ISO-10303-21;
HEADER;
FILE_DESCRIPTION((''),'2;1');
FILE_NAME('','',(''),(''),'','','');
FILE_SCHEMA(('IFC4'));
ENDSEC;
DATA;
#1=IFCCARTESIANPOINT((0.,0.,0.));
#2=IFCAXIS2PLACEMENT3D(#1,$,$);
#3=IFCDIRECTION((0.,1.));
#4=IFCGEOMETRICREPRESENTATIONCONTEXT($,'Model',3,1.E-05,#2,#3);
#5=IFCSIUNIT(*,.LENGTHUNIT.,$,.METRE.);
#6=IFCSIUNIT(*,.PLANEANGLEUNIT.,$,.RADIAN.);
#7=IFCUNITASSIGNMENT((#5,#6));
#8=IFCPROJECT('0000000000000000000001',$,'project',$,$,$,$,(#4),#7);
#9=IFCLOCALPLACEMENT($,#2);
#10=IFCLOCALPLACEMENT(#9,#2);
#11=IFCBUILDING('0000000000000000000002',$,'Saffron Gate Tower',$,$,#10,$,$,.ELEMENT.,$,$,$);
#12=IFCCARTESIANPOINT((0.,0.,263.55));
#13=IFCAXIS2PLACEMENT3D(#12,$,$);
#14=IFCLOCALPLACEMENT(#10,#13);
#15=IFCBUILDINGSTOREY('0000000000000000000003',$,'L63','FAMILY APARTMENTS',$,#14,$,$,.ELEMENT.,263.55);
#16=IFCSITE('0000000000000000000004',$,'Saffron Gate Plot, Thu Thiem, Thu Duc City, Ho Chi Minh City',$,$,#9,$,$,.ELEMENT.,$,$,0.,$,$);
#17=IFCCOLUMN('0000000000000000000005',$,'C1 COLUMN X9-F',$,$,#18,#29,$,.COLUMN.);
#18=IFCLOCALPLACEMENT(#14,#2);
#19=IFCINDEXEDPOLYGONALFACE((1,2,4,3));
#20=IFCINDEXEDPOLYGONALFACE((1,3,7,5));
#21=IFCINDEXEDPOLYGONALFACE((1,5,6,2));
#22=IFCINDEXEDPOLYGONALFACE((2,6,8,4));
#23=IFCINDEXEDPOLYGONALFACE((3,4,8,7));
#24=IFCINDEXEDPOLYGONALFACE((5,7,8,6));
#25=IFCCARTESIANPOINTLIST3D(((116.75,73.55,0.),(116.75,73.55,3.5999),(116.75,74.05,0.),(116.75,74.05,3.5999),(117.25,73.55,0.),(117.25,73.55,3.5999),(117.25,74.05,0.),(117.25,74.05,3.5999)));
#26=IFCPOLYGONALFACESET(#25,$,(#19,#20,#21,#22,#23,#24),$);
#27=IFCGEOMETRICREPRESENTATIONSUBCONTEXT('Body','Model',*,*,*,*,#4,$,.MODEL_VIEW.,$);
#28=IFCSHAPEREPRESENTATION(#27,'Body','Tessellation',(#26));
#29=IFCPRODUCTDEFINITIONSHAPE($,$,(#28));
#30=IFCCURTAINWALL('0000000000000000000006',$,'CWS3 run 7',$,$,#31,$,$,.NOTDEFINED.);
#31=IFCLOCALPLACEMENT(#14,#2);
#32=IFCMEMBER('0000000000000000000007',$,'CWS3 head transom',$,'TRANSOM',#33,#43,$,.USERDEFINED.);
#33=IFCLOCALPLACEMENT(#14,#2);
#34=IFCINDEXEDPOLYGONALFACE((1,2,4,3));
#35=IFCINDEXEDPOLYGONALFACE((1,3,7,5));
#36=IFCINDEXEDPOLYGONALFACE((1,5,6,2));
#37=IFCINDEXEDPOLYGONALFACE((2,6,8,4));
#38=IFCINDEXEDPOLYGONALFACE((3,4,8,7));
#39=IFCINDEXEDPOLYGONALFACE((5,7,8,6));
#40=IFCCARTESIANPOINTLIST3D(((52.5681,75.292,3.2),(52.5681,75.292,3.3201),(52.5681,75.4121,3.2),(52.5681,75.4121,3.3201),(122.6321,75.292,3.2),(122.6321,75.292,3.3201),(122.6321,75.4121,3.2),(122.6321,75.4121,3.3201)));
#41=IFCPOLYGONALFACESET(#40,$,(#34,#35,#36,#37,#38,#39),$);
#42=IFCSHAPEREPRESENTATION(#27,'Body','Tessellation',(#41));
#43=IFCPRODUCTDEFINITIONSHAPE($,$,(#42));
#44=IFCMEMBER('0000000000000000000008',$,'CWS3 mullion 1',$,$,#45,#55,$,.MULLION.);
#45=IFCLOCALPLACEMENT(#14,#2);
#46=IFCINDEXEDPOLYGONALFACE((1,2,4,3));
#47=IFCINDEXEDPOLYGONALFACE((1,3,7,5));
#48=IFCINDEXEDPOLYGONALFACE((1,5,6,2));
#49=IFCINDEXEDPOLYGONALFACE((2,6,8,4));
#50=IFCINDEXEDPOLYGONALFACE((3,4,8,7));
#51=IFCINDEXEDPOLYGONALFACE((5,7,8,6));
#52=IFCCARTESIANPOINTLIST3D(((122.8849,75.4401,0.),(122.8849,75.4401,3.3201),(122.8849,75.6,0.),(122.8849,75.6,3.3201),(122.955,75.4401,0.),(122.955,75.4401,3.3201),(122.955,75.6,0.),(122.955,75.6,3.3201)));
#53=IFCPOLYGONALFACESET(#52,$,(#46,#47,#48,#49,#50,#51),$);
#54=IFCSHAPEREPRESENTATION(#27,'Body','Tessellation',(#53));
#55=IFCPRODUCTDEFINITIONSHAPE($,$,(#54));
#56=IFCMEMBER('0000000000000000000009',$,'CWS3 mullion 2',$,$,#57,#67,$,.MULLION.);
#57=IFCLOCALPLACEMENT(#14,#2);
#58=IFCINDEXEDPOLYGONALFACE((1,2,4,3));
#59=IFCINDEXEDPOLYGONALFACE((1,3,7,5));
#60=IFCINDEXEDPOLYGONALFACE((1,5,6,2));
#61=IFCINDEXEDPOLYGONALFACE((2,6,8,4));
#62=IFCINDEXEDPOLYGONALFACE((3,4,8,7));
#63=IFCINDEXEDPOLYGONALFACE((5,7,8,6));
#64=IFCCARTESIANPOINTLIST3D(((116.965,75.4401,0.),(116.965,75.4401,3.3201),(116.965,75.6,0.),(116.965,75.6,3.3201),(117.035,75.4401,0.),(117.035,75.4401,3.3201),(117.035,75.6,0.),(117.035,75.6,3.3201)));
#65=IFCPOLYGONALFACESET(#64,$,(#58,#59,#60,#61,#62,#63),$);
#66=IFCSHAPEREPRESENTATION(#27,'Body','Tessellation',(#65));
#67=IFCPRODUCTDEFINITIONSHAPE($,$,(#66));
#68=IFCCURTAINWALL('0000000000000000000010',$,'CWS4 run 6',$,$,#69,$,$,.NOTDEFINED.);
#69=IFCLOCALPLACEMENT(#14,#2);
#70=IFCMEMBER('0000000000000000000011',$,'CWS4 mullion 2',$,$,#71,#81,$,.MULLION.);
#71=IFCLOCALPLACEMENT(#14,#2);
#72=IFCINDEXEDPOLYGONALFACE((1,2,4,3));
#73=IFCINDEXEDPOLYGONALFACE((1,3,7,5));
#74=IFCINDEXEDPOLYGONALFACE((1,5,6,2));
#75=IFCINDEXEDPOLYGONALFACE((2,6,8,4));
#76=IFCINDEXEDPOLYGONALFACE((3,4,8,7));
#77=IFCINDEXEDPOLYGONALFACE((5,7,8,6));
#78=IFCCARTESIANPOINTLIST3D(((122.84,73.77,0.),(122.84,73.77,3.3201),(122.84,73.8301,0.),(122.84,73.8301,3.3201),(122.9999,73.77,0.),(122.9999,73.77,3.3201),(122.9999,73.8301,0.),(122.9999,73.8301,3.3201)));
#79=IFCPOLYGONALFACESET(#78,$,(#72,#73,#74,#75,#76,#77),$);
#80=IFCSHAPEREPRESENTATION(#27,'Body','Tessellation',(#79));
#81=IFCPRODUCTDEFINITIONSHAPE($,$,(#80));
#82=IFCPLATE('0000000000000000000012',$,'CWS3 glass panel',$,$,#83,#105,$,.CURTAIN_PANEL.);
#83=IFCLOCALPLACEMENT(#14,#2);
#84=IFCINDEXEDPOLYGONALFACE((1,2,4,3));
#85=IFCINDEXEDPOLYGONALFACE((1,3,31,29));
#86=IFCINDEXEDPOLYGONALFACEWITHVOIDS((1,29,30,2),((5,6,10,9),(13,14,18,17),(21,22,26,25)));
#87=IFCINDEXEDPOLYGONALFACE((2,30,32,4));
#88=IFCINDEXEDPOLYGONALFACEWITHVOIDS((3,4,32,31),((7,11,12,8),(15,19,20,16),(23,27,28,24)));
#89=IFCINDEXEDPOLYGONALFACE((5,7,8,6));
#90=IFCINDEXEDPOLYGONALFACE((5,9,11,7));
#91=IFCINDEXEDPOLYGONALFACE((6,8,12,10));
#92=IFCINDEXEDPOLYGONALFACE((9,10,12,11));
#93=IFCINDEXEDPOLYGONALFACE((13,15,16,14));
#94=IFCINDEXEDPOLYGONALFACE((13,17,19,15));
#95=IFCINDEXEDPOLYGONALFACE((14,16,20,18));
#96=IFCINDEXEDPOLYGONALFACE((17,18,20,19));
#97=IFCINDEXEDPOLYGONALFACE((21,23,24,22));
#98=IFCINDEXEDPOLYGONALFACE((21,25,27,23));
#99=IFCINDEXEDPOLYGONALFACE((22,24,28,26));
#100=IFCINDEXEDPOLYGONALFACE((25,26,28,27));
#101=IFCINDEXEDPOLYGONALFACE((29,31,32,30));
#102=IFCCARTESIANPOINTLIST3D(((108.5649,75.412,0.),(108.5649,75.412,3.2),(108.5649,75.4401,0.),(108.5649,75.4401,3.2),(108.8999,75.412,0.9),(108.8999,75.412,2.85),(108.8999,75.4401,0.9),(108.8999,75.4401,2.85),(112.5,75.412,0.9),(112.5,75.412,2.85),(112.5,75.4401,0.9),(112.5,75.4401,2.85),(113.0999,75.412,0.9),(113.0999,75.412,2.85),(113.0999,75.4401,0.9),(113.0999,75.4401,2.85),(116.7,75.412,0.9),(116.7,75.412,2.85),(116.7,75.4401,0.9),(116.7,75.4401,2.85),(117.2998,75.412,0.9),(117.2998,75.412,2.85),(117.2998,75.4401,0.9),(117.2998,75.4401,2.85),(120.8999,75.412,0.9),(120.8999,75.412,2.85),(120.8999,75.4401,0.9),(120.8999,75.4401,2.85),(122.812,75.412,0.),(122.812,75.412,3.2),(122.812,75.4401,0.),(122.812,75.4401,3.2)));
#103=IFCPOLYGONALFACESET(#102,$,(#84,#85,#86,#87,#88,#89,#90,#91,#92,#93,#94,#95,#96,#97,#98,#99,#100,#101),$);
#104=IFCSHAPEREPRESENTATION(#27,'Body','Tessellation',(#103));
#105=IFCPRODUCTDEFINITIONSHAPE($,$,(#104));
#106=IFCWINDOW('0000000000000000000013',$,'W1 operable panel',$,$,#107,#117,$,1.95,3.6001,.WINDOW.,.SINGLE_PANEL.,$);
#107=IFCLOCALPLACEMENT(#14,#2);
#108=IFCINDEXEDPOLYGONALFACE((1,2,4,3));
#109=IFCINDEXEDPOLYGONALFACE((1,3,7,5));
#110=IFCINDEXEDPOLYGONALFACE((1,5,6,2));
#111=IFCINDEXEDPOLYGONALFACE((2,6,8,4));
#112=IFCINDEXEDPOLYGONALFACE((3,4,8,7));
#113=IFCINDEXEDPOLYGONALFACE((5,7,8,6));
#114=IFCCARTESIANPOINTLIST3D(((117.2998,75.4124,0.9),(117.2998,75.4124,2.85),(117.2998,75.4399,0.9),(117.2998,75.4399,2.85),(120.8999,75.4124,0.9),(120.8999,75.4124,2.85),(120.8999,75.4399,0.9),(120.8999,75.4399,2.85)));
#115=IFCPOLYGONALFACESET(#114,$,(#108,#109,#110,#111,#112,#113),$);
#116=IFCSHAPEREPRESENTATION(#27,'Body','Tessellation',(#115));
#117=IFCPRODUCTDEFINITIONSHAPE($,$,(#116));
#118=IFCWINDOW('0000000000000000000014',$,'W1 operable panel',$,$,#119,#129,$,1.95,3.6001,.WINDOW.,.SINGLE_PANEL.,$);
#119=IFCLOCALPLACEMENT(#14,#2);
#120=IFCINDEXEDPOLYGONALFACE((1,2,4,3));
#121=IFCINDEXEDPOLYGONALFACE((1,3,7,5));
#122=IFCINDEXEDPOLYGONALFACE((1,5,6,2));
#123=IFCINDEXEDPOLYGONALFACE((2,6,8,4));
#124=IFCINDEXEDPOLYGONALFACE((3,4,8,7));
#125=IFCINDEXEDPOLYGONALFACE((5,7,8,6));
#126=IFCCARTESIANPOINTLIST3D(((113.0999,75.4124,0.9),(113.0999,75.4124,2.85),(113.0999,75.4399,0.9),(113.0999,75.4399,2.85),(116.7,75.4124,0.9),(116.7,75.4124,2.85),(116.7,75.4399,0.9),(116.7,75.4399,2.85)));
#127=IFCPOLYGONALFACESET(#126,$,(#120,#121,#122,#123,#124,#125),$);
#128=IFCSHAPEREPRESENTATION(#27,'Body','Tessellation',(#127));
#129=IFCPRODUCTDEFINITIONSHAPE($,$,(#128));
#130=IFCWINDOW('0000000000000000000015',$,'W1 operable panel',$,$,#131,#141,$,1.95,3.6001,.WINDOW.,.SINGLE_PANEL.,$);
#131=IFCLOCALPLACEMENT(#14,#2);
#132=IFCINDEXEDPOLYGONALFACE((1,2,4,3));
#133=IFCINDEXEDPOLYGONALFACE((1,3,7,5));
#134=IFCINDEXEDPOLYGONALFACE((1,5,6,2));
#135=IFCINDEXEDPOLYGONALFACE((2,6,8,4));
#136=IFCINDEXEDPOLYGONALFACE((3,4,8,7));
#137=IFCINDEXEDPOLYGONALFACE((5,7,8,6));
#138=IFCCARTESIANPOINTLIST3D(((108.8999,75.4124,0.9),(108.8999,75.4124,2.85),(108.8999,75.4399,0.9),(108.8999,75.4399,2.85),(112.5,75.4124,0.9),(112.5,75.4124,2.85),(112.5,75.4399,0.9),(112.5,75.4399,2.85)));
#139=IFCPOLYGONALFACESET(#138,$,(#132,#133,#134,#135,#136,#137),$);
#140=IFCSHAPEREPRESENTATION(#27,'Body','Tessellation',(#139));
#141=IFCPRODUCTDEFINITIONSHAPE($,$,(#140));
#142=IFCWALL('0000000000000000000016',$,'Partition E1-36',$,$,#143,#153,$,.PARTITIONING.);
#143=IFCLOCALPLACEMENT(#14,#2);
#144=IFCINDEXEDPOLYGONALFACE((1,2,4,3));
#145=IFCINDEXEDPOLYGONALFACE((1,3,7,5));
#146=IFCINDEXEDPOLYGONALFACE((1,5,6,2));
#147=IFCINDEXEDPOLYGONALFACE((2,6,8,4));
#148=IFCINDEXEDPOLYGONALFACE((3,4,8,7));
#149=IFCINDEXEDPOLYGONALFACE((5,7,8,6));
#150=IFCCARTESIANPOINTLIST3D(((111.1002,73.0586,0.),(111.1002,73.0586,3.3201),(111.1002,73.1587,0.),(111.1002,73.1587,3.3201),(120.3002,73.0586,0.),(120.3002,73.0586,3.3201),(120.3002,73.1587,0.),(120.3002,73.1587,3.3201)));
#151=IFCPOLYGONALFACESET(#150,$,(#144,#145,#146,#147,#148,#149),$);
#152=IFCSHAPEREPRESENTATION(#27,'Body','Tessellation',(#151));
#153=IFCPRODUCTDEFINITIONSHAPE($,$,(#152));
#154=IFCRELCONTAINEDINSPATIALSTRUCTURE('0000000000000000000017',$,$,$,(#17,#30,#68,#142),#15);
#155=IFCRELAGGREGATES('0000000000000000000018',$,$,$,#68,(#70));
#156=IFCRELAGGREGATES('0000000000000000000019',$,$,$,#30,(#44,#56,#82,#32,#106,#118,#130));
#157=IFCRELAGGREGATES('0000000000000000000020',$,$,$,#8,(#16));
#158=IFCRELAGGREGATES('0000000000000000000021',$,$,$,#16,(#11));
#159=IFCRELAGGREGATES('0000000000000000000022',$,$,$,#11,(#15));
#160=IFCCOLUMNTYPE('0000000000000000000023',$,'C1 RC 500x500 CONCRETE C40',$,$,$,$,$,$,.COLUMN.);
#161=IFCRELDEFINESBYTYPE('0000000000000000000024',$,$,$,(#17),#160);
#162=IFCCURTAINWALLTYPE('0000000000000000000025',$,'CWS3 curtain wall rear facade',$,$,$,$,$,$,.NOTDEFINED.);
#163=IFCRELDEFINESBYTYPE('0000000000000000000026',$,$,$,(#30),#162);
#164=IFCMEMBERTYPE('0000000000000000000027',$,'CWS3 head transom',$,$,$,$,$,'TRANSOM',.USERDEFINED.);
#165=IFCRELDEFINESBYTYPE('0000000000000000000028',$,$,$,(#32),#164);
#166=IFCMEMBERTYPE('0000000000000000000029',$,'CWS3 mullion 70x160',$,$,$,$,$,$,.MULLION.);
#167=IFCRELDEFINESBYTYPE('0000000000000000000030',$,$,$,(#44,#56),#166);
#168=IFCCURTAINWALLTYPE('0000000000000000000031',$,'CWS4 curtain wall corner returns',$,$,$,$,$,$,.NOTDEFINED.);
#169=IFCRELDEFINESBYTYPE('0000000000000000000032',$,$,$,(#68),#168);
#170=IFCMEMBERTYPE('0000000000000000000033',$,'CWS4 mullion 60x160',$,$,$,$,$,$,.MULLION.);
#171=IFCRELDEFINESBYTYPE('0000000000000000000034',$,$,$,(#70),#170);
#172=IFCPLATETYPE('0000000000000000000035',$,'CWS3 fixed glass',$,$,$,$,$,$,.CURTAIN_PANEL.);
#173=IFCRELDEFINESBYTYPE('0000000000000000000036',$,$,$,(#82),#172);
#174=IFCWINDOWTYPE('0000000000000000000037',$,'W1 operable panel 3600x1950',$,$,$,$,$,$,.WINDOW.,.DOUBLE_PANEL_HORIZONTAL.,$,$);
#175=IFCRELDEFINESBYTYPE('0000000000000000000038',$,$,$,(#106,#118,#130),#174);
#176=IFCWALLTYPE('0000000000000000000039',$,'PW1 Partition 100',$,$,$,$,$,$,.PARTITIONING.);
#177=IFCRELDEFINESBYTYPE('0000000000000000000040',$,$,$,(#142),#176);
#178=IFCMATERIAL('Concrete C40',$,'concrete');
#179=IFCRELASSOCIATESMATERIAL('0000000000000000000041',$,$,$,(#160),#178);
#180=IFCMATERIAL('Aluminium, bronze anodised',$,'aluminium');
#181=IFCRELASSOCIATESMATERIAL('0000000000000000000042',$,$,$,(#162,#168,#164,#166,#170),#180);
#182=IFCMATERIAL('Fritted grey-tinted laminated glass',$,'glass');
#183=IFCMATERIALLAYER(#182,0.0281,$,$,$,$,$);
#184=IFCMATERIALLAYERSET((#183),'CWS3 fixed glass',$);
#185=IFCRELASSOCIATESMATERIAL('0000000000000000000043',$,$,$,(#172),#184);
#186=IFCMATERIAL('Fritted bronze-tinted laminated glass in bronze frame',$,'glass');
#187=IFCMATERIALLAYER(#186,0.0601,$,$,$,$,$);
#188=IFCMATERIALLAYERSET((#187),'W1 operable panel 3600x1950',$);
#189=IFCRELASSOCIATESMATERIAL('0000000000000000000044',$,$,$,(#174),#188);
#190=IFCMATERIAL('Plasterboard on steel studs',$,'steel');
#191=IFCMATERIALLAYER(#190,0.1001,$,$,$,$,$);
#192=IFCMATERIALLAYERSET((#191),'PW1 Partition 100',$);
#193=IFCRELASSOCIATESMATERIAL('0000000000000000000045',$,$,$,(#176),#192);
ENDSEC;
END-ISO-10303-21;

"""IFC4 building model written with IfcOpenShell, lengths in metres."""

from ifc_helpers import new_model, si_unit, direction, frame, frame_2d, origin, origin_2d, place, context, subcontext, project, spatial, rectangle, extrude, material, layer, layer_set, material_profile, profile_set, type_object, element, fill, aggregate, save


model = new_model("IFC4")

# Units and contexts
model_context = context("Model", 3, precision=1e-05, world=origin(), true_north=direction((0.0, 1.0)))
body_context = subcontext(model_context, "Body", "Model", "MODEL_VIEW")
ifc_project = project(units=[si_unit("LENGTHUNIT", "METRE"), si_unit("PLANEANGLEUNIT", "RADIAN")], contexts=[model_context])

# Site, building, storey
site_placement = place(None, origin())
site = spatial("IfcSite", under=ifc_project, at=site_placement, Name="Saffron Gate Plot, Thu Thiem, Thu Duc City, Ho Chi Minh City", CompositionType="ELEMENT", RefElevation=0.0)
building_placement = place(site_placement, origin())
building = spatial("IfcBuilding", under=site, at=building_placement, Name="Saffron Gate Tower", CompositionType="ELEMENT")
storey_placement = place(building_placement, frame((0.0, 0.0, 263.55)))
storey = spatial("IfcBuildingStorey", under=building, at=storey_placement, Name="L63", Description="FAMILY APARTMENTS", CompositionType="ELEMENT", Elevation=263.55)

# Column
ifc_material_1 = material(Name="Concrete C40", Category="concrete")
ifc_material_profile_1 = material_profile(ifc_material_1, rectangle(XDim=0.5, YDim=0.5, at=origin_2d()))
ifc_profile_set_1 = profile_set([ifc_material_profile_1], Name="Concrete C40")
column_type = type_object("IfcColumnType", Name="C1 RC 500x500 CONCRETE C40", PredefinedType="COLUMN", material=ifc_profile_set_1)
column_placement = place(storey_placement, frame((117.0, 73.8, 0.0), z_axis=(0.0, 0.0, 1.0), x_axis=(1.0, 0.0, 0.0)))
element("IfcColumn", 1, at=column_placement, inside=storey, type_object=column_type, Name="C1 COLUMN X9-F", PredefinedType="COLUMN", context=body_context, shape_type="SweptSolid", body=[
    extrude(rectangle(XDim=0.5, YDim=0.5, at=origin_2d()), origin(), (0.0, 0.0, 1.0), 3.5999),
])

# Curtain wall, members
ifc_material_2 = material(Name="Aluminium, bronze anodised", Category="aluminium")
curtain_wall_type_1 = type_object("IfcCurtainWallType", Name="CWS3 curtain wall rear facade", PredefinedType="NOTDEFINED", material=ifc_material_2)
curtain_wall_1_placement = place(storey_placement, origin())
curtain_wall_1 = element("IfcCurtainWall", 2, at=curtain_wall_1_placement, inside=storey, type_object=curtain_wall_type_1, Name="CWS3 run 7", PredefinedType="NOTDEFINED")
ifc_material_profile_2 = material_profile(ifc_material_2, rectangle(XDim=0.1201, YDim=0.1201, at=origin_2d()))
ifc_profile_set_2 = profile_set([ifc_material_profile_2], Name="Aluminium, bronze anodised")
member_type_1 = type_object("IfcMemberType", Name="CWS3 head transom", ElementType="TRANSOM", PredefinedType="USERDEFINED", material=ifc_profile_set_2)
member_1_placement = place(storey_placement, frame((122.6321, 75.3521, 3.26), z_axis=(-1.0, 0.0, 0.0), x_axis=(0.0, -1.0, 0.0)))
member_1 = element("IfcMember", 3, at=member_1_placement, type_object=member_type_1, Name="CWS3 head transom", ObjectType="TRANSOM", PredefinedType="USERDEFINED", context=body_context, shape_type="SweptSolid", body=[
    extrude(rectangle(XDim=0.1201, YDim=0.1201, at=origin_2d()), origin(), (0.0, 0.0, 1.0), 70.064),
])
ifc_material_profile_3 = material_profile(ifc_material_2, rectangle(XDim=0.1599, YDim=0.0701, at=origin_2d()))
ifc_profile_set_3 = profile_set([ifc_material_profile_3], Name="Aluminium, bronze anodised")
member_type_2 = type_object("IfcMemberType", Name="CWS3 mullion 70x160", PredefinedType="MULLION", material=ifc_profile_set_3)
member_2_placement = place(storey_placement, frame((122.9199, 75.52, 0.0), z_axis=(0.0, 0.0, 1.0), x_axis=(0.0, -1.0, 0.0)))
member_2 = element("IfcMember", 4, at=member_2_placement, type_object=member_type_2, Name="CWS3 mullion 1", PredefinedType="MULLION", context=body_context, shape_type="SweptSolid", body=[
    extrude(rectangle(XDim=0.1599, YDim=0.0701, at=origin_2d()), origin(), (0.0, 0.0, 1.0), 3.3201),
])
member_3_placement = place(storey_placement, frame((117.0, 75.52, 0.0), z_axis=(0.0, 0.0, 1.0), x_axis=(0.0, -1.0, 0.0)))
member_3 = element("IfcMember", 5, at=member_3_placement, type_object=member_type_2, Name="CWS3 mullion 2", PredefinedType="MULLION", context=body_context, shape_type="SweptSolid", body=[
    extrude(rectangle(XDim=0.1599, YDim=0.0701, at=origin_2d()), origin(), (0.0, 0.0, 1.0), 3.3201),
])

# Curtain wall, member
curtain_wall_type_2 = type_object("IfcCurtainWallType", Name="CWS4 curtain wall corner returns", PredefinedType="NOTDEFINED", material=ifc_material_2)
curtain_wall_2_placement = place(storey_placement, origin())
curtain_wall_2 = element("IfcCurtainWall", 6, at=curtain_wall_2_placement, inside=storey, type_object=curtain_wall_type_2, Name="CWS4 run 6", PredefinedType="NOTDEFINED")
ifc_material_profile_4 = material_profile(ifc_material_2, rectangle(XDim=0.1599, YDim=0.0601, at=origin_2d()))
ifc_profile_set_4 = profile_set([ifc_material_profile_4], Name="Aluminium, bronze anodised")
member_type_3 = type_object("IfcMemberType", Name="CWS4 mullion 60x160", PredefinedType="MULLION", material=ifc_profile_set_4)
member_4_placement = place(storey_placement, frame((122.9199, 73.8, 0.0), z_axis=(0.0, 0.0, 1.0), x_axis=(-1.0, 0.0, 0.0)))
member_4 = element("IfcMember", 7, at=member_4_placement, type_object=member_type_3, Name="CWS4 mullion 2", PredefinedType="MULLION", context=body_context, shape_type="SweptSolid", body=[
    extrude(rectangle(XDim=0.1599, YDim=0.0601, at=origin_2d()), origin(), (0.0, 0.0, 1.0), 3.3201),
])
aggregate(curtain_wall_2, [member_4])

# Plate, openings, windows
ifc_material_3 = material(Name="Fritted grey-tinted laminated glass", Category="glass")
ifc_layer_1 = layer(ifc_material_3, 0.0281)
ifc_layer_set_1 = layer_set([ifc_layer_1], Name="CWS3 fixed glass")
plate_type = type_object("IfcPlateType", Name="CWS3 fixed glass", PredefinedType="CURTAIN_PANEL", material=ifc_layer_set_1)
plate_placement = place(storey_placement, frame((122.812, 75.426, 0.0), z_axis=(0.0, 0.0, 1.0), x_axis=(-1.0, 0.0, 0.0)))
plate = element("IfcPlate", 8, at=plate_placement, type_object=plate_type, Name="CWS3 glass panel", PredefinedType="CURTAIN_PANEL", context=body_context, shape_type="SweptSolid", body=[
    extrude(rectangle(XDim=14.2471, YDim=0.0281, at=frame_2d((7.1235, 0.0))), origin(), (0.0, 0.0, 1.0), 3.2),
])
opening_1_placement = place(plate_placement, frame((1.9121, 0.0, 0.8999)))
opening_1 = element("IfcOpeningElement", 9, at=opening_1_placement, cuts=plate, PredefinedType="OPENING", context=body_context, shape_type="SweptSolid", body=[
    extrude(rectangle(XDim=3.6001, YDim=1.95, at=frame_2d((1.8, 0.9751))), frame((0.0, 0.0239, 0.0), z_axis=(0.0, -1.0, 0.0), x_axis=(1.0, 0.0, 0.0)), (0.0, 0.0, 1.0), 0.0481),
])
opening_2_placement = place(plate_placement, frame((6.1121, 0.0, 0.8999)))
opening_2 = element("IfcOpeningElement", 10, at=opening_2_placement, cuts=plate, PredefinedType="OPENING", context=body_context, shape_type="SweptSolid", body=[
    extrude(rectangle(XDim=3.6001, YDim=1.95, at=frame_2d((1.8, 0.9751))), frame((0.0, 0.0239, 0.0), z_axis=(0.0, -1.0, 0.0), x_axis=(1.0, 0.0, 0.0)), (0.0, 0.0, 1.0), 0.0481),
])
opening_3_placement = place(plate_placement, frame((10.312, 0.0, 0.8999)))
opening_3 = element("IfcOpeningElement", 11, at=opening_3_placement, cuts=plate, PredefinedType="OPENING", context=body_context, shape_type="SweptSolid", body=[
    extrude(rectangle(XDim=3.6001, YDim=1.95, at=frame_2d((1.8, 0.9751))), frame((0.0, 0.0239, 0.0), z_axis=(0.0, -1.0, 0.0), x_axis=(1.0, 0.0, 0.0)), (0.0, 0.0, 1.0), 0.0481),
])
ifc_material_4 = material(Name="Fritted bronze-tinted laminated glass in bronze frame", Category="glass")
ifc_layer_2 = layer(ifc_material_4, 0.0601)
ifc_layer_set_2 = layer_set([ifc_layer_2], Name="W1 operable panel 3600x1950")
window_type = type_object("IfcWindowType", Name="W1 operable panel 3600x1950", PartitioningType="DOUBLE_PANEL_HORIZONTAL", PredefinedType="WINDOW", material=ifc_layer_set_2)
window_1_placement = place(opening_1_placement, origin())
window_1 = element("IfcWindow", 12, at=window_1_placement, type_object=window_type, Name="W1 operable panel", OverallHeight=1.95, OverallWidth=3.6001, PartitioningType="SINGLE_PANEL", PredefinedType="WINDOW", context=body_context, shape_type="SweptSolid", body=[
    extrude(rectangle(XDim=3.6001, YDim=1.95, at=frame_2d((1.8, 0.9751))), frame((0.0, 0.0137, 0.0), z_axis=(0.0, -1.0, 0.0), x_axis=(1.0, 0.0, 0.0)), (0.0, 0.0, 1.0), 0.0276),
])
fill(opening_1, window_1)
window_2_placement = place(opening_2_placement, origin())
window_2 = element("IfcWindow", 13, at=window_2_placement, type_object=window_type, Name="W1 operable panel", OverallHeight=1.95, OverallWidth=3.6001, PartitioningType="SINGLE_PANEL", PredefinedType="WINDOW", context=body_context, shape_type="SweptSolid", body=[
    extrude(rectangle(XDim=3.6001, YDim=1.95, at=frame_2d((1.8, 0.9751))), frame((0.0, 0.0137, 0.0), z_axis=(0.0, -1.0, 0.0), x_axis=(1.0, 0.0, 0.0)), (0.0, 0.0, 1.0), 0.0276),
])
fill(opening_2, window_2)
window_3_placement = place(opening_3_placement, origin())
window_3 = element("IfcWindow", 14, at=window_3_placement, type_object=window_type, Name="W1 operable panel", OverallHeight=1.95, OverallWidth=3.6001, PartitioningType="SINGLE_PANEL", PredefinedType="WINDOW", context=body_context, shape_type="SweptSolid", body=[
    extrude(rectangle(XDim=3.6001, YDim=1.95, at=frame_2d((1.8, 0.9751))), frame((0.0, 0.0137, 0.0), z_axis=(0.0, -1.0, 0.0), x_axis=(1.0, 0.0, 0.0)), (0.0, 0.0, 1.0), 0.0276),
])
fill(opening_3, window_3)
aggregate(curtain_wall_1, [member_2, member_3, plate, member_1, window_1, window_2, window_3])

# Wall
ifc_material_5 = material(Name="Plasterboard on steel studs", Category="steel")
ifc_layer_3 = layer(ifc_material_5, 0.1001)
ifc_layer_set_3 = layer_set([ifc_layer_3], Name="PW1 Partition 100")
wall_type = type_object("IfcWallType", Name="PW1 Partition 100", PredefinedType="PARTITIONING", material=ifc_layer_set_3)
wall_1_placement = place(storey_placement, frame((111.1001, 73.1086, 0.0), z_axis=(0.0, 0.0, 1.0), x_axis=(1.0, 0.0, 0.0)))
element("IfcWall", 15, at=wall_1_placement, inside=storey, type_object=wall_type, Name="Partition E1-36", PredefinedType="PARTITIONING", context=body_context, shape_type="SweptSolid", body=[
    extrude(rectangle(XDim=9.2, YDim=0.1001, at=frame_2d((4.6001, 0.0))), origin(), (0.0, 0.0, 1.0), 3.3201),
])

save(model, "model.ifc")
